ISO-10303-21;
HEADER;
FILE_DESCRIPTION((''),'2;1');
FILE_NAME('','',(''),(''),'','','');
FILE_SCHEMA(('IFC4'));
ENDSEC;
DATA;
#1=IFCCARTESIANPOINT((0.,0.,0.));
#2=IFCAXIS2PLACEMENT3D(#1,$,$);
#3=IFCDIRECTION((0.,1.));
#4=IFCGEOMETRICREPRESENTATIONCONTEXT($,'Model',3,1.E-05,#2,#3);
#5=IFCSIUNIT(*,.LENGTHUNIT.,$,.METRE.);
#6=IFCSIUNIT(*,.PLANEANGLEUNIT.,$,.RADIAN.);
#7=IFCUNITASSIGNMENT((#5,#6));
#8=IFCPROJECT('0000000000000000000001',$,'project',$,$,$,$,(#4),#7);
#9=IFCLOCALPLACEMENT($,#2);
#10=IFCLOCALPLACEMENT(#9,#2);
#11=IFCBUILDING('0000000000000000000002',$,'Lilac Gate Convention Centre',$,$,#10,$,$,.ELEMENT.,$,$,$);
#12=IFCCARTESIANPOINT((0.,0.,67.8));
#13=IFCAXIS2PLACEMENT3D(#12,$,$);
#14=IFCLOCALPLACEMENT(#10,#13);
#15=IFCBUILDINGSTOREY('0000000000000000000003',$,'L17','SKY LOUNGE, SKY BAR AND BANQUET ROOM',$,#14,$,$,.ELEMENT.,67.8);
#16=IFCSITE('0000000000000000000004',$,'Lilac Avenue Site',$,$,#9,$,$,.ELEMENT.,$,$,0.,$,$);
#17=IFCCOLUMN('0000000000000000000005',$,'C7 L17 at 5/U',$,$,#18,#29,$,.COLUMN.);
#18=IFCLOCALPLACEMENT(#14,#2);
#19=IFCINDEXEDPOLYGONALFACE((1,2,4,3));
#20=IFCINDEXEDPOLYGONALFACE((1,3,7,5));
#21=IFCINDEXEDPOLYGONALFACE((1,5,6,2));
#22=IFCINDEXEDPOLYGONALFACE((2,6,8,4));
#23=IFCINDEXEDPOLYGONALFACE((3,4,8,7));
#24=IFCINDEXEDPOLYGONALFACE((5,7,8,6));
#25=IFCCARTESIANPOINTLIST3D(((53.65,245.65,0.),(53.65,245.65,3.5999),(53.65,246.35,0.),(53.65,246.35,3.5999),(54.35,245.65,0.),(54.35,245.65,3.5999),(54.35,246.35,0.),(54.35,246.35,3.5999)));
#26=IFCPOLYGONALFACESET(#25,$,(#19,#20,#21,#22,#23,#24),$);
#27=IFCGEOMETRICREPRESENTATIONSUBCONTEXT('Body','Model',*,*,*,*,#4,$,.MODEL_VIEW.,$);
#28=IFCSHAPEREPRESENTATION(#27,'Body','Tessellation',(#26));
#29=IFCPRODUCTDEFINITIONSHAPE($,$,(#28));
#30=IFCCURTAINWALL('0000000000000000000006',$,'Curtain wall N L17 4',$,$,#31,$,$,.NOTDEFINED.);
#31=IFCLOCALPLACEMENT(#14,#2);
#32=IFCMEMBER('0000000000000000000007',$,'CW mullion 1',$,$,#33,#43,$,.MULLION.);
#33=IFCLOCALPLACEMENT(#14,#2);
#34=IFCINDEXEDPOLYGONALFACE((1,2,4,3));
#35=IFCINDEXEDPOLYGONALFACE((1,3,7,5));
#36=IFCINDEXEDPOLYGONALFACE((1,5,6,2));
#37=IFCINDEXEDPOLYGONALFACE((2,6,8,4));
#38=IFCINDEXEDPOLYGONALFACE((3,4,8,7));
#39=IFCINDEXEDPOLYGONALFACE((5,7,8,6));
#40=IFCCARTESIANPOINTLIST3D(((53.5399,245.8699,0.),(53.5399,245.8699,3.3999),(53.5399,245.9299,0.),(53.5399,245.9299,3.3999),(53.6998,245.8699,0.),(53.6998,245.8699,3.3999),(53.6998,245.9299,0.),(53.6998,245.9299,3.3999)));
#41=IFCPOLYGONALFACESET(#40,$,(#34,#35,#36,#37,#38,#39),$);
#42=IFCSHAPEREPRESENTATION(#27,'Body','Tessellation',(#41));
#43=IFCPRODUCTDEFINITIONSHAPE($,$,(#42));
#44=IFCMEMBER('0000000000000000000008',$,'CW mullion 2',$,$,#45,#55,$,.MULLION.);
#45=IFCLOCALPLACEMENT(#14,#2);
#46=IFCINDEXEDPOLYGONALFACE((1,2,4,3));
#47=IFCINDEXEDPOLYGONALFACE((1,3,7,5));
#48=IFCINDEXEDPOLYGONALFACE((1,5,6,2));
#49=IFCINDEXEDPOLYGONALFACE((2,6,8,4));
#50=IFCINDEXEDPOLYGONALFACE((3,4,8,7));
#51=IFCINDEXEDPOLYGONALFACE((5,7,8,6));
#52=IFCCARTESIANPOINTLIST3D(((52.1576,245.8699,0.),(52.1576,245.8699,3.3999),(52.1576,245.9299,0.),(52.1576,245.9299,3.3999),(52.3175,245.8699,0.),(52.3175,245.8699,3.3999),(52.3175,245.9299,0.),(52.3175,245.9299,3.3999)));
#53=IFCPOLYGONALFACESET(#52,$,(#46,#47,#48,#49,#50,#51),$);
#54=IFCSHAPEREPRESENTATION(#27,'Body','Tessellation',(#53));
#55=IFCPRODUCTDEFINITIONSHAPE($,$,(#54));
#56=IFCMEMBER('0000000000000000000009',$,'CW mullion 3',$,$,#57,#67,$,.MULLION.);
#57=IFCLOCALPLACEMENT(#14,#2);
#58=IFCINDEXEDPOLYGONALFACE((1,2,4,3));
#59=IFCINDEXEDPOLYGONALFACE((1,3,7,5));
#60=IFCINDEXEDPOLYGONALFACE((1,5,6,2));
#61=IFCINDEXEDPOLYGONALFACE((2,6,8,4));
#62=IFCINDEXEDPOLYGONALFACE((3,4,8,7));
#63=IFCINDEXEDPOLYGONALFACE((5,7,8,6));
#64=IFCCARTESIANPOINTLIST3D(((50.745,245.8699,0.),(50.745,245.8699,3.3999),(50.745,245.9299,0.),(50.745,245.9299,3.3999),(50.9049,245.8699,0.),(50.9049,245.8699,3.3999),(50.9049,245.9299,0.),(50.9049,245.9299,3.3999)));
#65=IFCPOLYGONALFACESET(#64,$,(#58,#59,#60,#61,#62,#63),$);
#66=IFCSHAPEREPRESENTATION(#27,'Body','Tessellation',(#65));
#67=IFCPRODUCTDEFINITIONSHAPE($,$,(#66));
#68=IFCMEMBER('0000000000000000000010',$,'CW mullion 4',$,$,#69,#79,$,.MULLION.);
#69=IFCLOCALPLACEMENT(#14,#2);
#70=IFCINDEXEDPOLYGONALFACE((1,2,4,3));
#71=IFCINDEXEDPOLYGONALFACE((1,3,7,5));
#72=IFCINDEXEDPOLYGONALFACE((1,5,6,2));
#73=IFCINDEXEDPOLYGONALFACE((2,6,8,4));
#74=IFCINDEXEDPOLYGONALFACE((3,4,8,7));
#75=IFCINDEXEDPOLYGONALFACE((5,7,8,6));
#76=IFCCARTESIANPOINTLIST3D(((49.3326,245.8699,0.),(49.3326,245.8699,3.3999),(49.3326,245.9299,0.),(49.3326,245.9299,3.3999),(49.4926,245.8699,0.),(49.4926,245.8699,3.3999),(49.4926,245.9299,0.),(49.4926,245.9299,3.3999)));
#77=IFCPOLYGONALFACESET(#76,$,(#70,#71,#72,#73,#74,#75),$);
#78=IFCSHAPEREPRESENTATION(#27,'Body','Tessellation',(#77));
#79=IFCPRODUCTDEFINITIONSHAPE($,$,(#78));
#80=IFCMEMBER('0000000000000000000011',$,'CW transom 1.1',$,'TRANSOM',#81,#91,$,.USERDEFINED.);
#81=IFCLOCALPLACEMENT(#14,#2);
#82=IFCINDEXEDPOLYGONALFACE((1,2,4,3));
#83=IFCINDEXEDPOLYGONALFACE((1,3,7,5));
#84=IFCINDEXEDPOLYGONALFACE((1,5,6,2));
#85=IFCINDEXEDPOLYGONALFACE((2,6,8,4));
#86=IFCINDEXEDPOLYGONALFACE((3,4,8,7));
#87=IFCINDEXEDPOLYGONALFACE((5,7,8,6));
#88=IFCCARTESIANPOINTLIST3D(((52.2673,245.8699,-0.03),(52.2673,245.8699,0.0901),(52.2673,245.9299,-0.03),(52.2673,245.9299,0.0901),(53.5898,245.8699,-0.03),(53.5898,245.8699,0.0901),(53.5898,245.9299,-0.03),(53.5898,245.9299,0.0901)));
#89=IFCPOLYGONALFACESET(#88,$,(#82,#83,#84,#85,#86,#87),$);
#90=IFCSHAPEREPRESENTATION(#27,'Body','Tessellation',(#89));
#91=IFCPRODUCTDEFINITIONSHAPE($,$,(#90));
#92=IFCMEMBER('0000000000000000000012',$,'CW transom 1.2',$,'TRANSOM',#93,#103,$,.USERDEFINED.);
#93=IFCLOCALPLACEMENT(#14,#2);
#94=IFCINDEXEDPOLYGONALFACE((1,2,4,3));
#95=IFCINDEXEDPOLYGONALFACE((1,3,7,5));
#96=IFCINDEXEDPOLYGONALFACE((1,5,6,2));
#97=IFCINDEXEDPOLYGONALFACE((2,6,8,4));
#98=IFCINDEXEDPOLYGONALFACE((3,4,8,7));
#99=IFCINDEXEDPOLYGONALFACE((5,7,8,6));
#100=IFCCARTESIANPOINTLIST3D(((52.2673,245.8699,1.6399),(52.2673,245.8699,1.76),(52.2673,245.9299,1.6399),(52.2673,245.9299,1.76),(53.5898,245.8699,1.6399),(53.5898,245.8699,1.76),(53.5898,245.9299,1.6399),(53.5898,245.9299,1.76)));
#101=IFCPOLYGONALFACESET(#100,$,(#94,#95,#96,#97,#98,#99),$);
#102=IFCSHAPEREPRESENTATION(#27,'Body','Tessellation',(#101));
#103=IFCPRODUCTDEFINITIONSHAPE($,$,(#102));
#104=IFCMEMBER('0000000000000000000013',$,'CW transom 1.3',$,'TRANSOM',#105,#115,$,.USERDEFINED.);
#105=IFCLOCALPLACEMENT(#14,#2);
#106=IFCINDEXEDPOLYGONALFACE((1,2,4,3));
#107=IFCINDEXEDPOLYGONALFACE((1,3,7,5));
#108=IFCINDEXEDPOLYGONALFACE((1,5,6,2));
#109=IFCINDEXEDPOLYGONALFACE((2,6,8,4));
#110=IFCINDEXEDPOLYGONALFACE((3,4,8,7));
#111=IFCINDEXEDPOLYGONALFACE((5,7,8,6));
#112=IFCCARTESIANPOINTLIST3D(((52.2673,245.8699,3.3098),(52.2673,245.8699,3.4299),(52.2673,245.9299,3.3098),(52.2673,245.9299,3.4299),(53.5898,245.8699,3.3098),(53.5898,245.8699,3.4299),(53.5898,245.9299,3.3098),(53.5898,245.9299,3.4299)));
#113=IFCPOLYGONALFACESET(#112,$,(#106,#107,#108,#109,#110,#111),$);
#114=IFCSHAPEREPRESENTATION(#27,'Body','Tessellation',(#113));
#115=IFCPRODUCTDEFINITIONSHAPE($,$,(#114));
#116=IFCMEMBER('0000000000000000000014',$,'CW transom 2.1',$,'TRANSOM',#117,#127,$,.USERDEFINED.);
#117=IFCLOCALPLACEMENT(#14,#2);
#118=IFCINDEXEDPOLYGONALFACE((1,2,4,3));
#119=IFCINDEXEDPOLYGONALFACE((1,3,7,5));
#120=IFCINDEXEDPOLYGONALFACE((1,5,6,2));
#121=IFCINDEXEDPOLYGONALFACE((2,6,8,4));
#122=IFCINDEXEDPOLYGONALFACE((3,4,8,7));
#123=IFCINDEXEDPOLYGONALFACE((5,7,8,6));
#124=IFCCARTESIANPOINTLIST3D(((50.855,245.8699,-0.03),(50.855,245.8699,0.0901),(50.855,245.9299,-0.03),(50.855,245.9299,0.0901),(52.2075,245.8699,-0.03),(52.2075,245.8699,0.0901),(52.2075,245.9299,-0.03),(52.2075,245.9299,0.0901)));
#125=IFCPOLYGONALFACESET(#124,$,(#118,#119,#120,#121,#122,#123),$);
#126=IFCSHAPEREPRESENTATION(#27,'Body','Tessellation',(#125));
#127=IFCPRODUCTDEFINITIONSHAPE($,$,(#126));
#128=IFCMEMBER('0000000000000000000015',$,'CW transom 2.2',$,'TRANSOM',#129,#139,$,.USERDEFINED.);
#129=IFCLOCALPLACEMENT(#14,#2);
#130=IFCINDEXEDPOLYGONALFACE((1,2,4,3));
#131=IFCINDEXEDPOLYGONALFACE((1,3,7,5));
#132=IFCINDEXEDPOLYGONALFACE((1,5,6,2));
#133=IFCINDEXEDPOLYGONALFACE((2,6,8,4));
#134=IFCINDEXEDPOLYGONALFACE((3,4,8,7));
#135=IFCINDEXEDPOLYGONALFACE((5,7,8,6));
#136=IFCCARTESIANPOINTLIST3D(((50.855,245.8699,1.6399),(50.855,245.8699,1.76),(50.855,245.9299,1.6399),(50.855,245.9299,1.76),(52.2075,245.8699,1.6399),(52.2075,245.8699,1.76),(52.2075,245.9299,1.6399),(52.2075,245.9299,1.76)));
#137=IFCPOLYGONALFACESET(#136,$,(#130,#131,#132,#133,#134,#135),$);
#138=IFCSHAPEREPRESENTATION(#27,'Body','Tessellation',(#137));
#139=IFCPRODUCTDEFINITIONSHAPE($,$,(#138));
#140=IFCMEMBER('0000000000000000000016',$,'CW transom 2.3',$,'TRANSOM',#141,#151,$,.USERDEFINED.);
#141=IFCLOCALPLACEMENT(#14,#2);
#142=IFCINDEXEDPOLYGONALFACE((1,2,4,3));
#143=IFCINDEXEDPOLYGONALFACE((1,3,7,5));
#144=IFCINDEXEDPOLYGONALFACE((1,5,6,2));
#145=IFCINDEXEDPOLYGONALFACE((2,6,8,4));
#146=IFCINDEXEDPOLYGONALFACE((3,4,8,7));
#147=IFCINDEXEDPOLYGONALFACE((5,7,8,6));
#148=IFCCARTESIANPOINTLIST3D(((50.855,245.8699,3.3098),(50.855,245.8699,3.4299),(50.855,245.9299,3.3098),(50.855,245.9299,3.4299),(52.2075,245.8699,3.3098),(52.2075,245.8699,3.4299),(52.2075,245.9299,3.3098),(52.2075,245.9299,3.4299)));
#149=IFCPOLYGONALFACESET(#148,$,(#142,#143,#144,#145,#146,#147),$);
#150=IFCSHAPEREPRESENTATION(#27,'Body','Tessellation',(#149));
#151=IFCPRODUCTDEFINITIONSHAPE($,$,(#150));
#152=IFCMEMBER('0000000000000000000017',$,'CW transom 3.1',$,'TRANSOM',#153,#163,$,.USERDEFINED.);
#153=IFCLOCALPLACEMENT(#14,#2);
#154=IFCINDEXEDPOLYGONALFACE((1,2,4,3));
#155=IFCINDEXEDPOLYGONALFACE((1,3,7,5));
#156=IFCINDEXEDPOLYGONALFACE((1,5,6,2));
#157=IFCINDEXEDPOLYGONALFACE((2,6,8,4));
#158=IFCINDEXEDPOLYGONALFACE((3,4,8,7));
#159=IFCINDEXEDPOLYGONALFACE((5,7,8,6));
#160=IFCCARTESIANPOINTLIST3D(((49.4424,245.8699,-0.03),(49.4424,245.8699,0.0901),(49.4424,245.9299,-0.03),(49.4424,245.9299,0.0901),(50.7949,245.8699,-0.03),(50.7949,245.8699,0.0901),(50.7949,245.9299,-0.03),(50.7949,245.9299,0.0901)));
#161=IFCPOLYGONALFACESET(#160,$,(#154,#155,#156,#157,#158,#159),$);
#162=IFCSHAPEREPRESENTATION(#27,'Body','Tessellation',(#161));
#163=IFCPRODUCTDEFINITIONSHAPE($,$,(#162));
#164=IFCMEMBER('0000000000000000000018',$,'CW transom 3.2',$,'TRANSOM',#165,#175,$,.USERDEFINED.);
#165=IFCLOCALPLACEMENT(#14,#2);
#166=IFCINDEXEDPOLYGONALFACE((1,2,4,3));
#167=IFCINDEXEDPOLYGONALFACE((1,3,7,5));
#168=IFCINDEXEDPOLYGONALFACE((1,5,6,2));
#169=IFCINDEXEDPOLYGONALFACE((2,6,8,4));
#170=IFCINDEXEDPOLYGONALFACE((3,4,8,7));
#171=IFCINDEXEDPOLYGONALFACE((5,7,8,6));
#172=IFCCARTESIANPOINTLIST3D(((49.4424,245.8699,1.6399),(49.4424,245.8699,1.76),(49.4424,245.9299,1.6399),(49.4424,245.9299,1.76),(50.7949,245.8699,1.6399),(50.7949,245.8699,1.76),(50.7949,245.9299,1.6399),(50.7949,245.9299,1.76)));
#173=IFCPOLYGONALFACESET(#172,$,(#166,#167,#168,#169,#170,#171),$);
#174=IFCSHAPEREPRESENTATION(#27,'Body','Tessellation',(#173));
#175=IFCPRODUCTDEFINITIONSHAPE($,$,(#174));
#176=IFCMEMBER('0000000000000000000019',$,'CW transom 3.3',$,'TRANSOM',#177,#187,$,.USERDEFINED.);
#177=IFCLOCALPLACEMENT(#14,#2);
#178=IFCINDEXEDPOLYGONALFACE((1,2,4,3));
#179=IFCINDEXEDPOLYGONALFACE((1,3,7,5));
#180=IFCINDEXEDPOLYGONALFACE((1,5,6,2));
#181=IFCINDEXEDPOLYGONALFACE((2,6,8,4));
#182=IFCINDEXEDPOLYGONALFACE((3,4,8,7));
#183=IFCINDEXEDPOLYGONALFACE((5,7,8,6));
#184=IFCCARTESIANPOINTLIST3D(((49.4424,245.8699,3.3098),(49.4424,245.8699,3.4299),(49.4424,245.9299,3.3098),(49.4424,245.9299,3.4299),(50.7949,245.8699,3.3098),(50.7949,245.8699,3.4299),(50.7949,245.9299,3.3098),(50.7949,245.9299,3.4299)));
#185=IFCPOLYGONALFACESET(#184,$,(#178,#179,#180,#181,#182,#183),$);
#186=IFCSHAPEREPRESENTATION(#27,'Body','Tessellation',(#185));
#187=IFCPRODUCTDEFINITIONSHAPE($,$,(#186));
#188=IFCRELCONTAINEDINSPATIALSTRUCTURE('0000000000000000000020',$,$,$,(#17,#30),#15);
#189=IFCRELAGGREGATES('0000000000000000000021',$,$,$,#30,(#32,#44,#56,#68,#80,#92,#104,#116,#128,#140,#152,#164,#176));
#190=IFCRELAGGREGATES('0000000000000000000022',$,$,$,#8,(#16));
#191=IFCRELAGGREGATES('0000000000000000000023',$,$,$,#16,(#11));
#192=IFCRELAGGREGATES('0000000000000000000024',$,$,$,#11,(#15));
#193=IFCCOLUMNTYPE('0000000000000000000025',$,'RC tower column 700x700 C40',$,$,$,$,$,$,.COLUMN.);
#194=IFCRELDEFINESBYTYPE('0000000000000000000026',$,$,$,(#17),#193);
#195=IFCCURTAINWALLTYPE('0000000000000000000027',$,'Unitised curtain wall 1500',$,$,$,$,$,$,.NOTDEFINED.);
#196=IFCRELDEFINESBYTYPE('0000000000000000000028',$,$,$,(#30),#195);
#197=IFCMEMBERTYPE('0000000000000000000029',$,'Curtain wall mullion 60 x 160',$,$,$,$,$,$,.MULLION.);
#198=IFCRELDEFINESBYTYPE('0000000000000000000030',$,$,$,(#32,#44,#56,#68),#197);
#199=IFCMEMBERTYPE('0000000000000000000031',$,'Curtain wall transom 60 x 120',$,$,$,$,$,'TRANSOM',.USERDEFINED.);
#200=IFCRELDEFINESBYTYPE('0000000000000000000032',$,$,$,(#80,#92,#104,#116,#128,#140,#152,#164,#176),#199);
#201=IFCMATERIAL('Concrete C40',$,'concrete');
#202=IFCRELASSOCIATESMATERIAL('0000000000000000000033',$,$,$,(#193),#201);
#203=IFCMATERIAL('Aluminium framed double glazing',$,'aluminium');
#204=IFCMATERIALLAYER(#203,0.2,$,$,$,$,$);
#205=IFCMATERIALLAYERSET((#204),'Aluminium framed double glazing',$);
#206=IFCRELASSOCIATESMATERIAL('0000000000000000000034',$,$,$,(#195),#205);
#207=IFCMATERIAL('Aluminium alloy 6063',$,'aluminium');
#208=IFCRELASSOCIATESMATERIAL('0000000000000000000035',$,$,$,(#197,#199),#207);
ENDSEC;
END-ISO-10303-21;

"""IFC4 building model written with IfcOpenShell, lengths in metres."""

from ifc_helpers import new_model, si_unit, direction, frame, origin, origin_2d, place, context, subcontext, project, spatial, rectangle, extrude, material, layer, layer_set, material_profile, profile_set, type_object, element, aggregate, save


model = new_model("IFC4")

# Units and contexts
model_context = context("Model", 3, precision=1e-05, world=origin(), true_north=direction((0.0, 1.0)))
body_context = subcontext(model_context, "Body", "Model", "MODEL_VIEW")
ifc_project = project(units=[si_unit("LENGTHUNIT", "METRE"), si_unit("PLANEANGLEUNIT", "RADIAN")], contexts=[model_context])

# Site, building, storey
site_placement = place(None, origin())
site = spatial("IfcSite", under=ifc_project, at=site_placement, Name="Lilac Avenue Site", CompositionType="ELEMENT", RefElevation=0.0)
building_placement = place(site_placement, origin())
building = spatial("IfcBuilding", under=site, at=building_placement, Name="Lilac Gate Convention Centre", CompositionType="ELEMENT")
storey_placement = place(building_placement, frame((0.0, 0.0, 67.8)))
storey = spatial("IfcBuildingStorey", under=building, at=storey_placement, Name="L17", Description="SKY LOUNGE, SKY BAR AND BANQUET ROOM", CompositionType="ELEMENT", Elevation=67.8)

# Column
ifc_material_1 = material(Name="Concrete C40", Category="concrete")
ifc_material_profile_1 = material_profile(ifc_material_1, rectangle(XDim=0.7, YDim=0.7, at=origin_2d()), Name="RC 700x700")
ifc_profile_set_1 = profile_set([ifc_material_profile_1], Name="Concrete C40")
column_type = type_object("IfcColumnType", Name="RC tower column 700x700 C40", PredefinedType="COLUMN", material=ifc_profile_set_1)
column_placement = place(storey_placement, frame((54.0, 246.0, 0.0), z_axis=(0.0, 0.0, 1.0), x_axis=(1.0, 0.0, 0.0)))
element("IfcColumn", 1, at=column_placement, inside=storey, type_object=column_type, Name="C7 L17 at 5/U", PredefinedType="COLUMN", context=body_context, shape_type="SweptSolid", body=[
    extrude(rectangle(XDim=0.7, YDim=0.7, at=origin_2d()), origin(), (0.0, 0.0, 1.0), 3.5999),
])

# Curtain wall, members
ifc_material_2 = material(Name="Aluminium framed double glazing", Category="aluminium")
ifc_layer_1 = layer(ifc_material_2, 0.2)
ifc_layer_set_1 = layer_set([ifc_layer_1], Name="Aluminium framed double glazing")
curtain_wall_type = type_object("IfcCurtainWallType", Name="Unitised curtain wall 1500", PredefinedType="NOTDEFINED", material=ifc_layer_set_1)
curtain_wall_placement = place(storey_placement, origin())
curtain_wall = element("IfcCurtainWall", 2, at=curtain_wall_placement, inside=storey, type_object=curtain_wall_type, Name="Curtain wall N L17 4", PredefinedType="NOTDEFINED")
ifc_material_3 = material(Name="Aluminium alloy 6063", Category="aluminium")
ifc_material_profile_2 = material_profile(ifc_material_3, rectangle(XDim=0.0601, YDim=0.1599, at=origin_2d()), Name="Curtain wall mullion 60 x 160")
ifc_profile_set_2 = profile_set([ifc_material_profile_2], Name="Aluminium alloy 6063")
member_type_1 = type_object("IfcMemberType", Name="Curtain wall mullion 60 x 160", PredefinedType="MULLION", material=ifc_profile_set_2)
member_1_placement = place(storey_placement, frame((53.6199, 245.8999, 0.0), z_axis=(0.0, 0.0, 1.0), x_axis=(0.0, -1.0, 0.0)))
member_1 = element("IfcMember", 3, at=member_1_placement, type_object=member_type_1, Name="CW mullion 1", PredefinedType="MULLION", context=body_context, shape_type="SweptSolid", body=[
    extrude(rectangle(XDim=0.0601, YDim=0.1599, at=origin_2d()), origin(), (0.0, 0.0, 1.0), 3.3999),
])
member_2_placement = place(storey_placement, frame((52.2375, 245.8999, 0.0), z_axis=(0.0, 0.0, 1.0), x_axis=(0.0, -1.0, 0.0)))
member_2 = element("IfcMember", 4, at=member_2_placement, type_object=member_type_1, Name="CW mullion 2", PredefinedType="MULLION", context=body_context, shape_type="SweptSolid", body=[
    extrude(rectangle(XDim=0.0601, YDim=0.1599, at=origin_2d()), origin(), (0.0, 0.0, 1.0), 3.3999),
])
member_3_placement = place(storey_placement, frame((50.825, 245.8999, 0.0), z_axis=(0.0, 0.0, 1.0), x_axis=(0.0, -1.0, 0.0)))
member_3 = element("IfcMember", 5, at=member_3_placement, type_object=member_type_1, Name="CW mullion 3", PredefinedType="MULLION", context=body_context, shape_type="SweptSolid", body=[
    extrude(rectangle(XDim=0.0601, YDim=0.1599, at=origin_2d()), origin(), (0.0, 0.0, 1.0), 3.3999),
])
member_4_placement = place(storey_placement, frame((49.4126, 245.8999, 0.0), z_axis=(0.0, 0.0, 1.0), x_axis=(0.0, -1.0, 0.0)))
member_4 = element("IfcMember", 6, at=member_4_placement, type_object=member_type_1, Name="CW mullion 4", PredefinedType="MULLION", context=body_context, shape_type="SweptSolid", body=[
    extrude(rectangle(XDim=0.0601, YDim=0.1599, at=origin_2d()), origin(), (0.0, 0.0, 1.0), 3.3999),
])
ifc_material_profile_3 = material_profile(ifc_material_3, rectangle(XDim=0.0601, YDim=0.1201, at=origin_2d()), Name="Curtain wall transom 60 x 120")
ifc_profile_set_3 = profile_set([ifc_material_profile_3], Name="Aluminium alloy 6063")
member_type_2 = type_object("IfcMemberType", Name="Curtain wall transom 60 x 120", ElementType="TRANSOM", PredefinedType="USERDEFINED", material=ifc_profile_set_3)
member_5_placement = place(storey_placement, frame((53.5898, 245.8999, 0.03), z_axis=(-1.0, 0.0, 0.0), x_axis=(0.0, -1.0, 0.0)))
member_5 = element("IfcMember", 7, at=member_5_placement, type_object=member_type_2, Name="CW transom 1.1", ObjectType="TRANSOM", PredefinedType="USERDEFINED", context=body_context, shape_type="SweptSolid", body=[
    extrude(rectangle(XDim=0.0601, YDim=0.1201, at=origin_2d()), origin(), (0.0, 0.0, 1.0), 1.3225),
])
member_6_placement = place(storey_placement, frame((53.5898, 245.8999, 1.7), z_axis=(-1.0, 0.0, 0.0), x_axis=(0.0, -1.0, 0.0)))
member_6 = element("IfcMember", 8, at=member_6_placement, type_object=member_type_2, Name="CW transom 1.2", ObjectType="TRANSOM", PredefinedType="USERDEFINED", context=body_context, shape_type="SweptSolid", body=[
    extrude(rectangle(XDim=0.0601, YDim=0.1201, at=origin_2d()), origin(), (0.0, 0.0, 1.0), 1.3225),
])
member_7_placement = place(storey_placement, frame((53.5898, 245.8999, 3.3699), z_axis=(-1.0, 0.0, 0.0), x_axis=(0.0, -1.0, 0.0)))
member_7 = element("IfcMember", 9, at=member_7_placement, type_object=member_type_2, Name="CW transom 1.3", ObjectType="TRANSOM", PredefinedType="USERDEFINED", context=body_context, shape_type="SweptSolid", body=[
    extrude(rectangle(XDim=0.0601, YDim=0.1201, at=origin_2d()), origin(), (0.0, 0.0, 1.0), 1.3225),
])
member_8_placement = place(storey_placement, frame((52.2075, 245.8999, 0.03), z_axis=(-1.0, 0.0, 0.0), x_axis=(0.0, -1.0, 0.0)))
member_8 = element("IfcMember", 10, at=member_8_placement, type_object=member_type_2, Name="CW transom 2.1", ObjectType="TRANSOM", PredefinedType="USERDEFINED", context=body_context, shape_type="SweptSolid", body=[
    extrude(rectangle(XDim=0.0601, YDim=0.1201, at=origin_2d()), origin(), (0.0, 0.0, 1.0), 1.3525),
])
member_9_placement = place(storey_placement, frame((52.2075, 245.8999, 1.7), z_axis=(-1.0, 0.0, 0.0), x_axis=(0.0, -1.0, 0.0)))
member_9 = element("IfcMember", 11, at=member_9_placement, type_object=member_type_2, Name="CW transom 2.2", ObjectType="TRANSOM", PredefinedType="USERDEFINED", context=body_context, shape_type="SweptSolid", body=[
    extrude(rectangle(XDim=0.0601, YDim=0.1201, at=origin_2d()), origin(), (0.0, 0.0, 1.0), 1.3525),
])
member_10_placement = place(storey_placement, frame((52.2075, 245.8999, 3.3699), z_axis=(-1.0, 0.0, 0.0), x_axis=(0.0, -1.0, 0.0)))
member_10 = element("IfcMember", 12, at=member_10_placement, type_object=member_type_2, Name="CW transom 2.3", ObjectType="TRANSOM", PredefinedType="USERDEFINED", context=body_context, shape_type="SweptSolid", body=[
    extrude(rectangle(XDim=0.0601, YDim=0.1201, at=origin_2d()), origin(), (0.0, 0.0, 1.0), 1.3525),
])
member_11_placement = place(storey_placement, frame((50.7949, 245.8999, 0.03), z_axis=(-1.0, 0.0, 0.0), x_axis=(0.0, -1.0, 0.0)))
member_11 = element("IfcMember", 13, at=member_11_placement, type_object=member_type_2, Name="CW transom 3.1", ObjectType="TRANSOM", PredefinedType="USERDEFINED", context=body_context, shape_type="SweptSolid", body=[
    extrude(rectangle(XDim=0.0601, YDim=0.1201, at=origin_2d()), origin(), (0.0, 0.0, 1.0), 1.3525),
])
member_12_placement = place(storey_placement, frame((50.7949, 245.8999, 1.7), z_axis=(-1.0, 0.0, 0.0), x_axis=(0.0, -1.0, 0.0)))
member_12 = element("IfcMember", 14, at=member_12_placement, type_object=member_type_2, Name="CW transom 3.2", ObjectType="TRANSOM", PredefinedType="USERDEFINED", context=body_context, shape_type="SweptSolid", body=[
    extrude(rectangle(XDim=0.0601, YDim=0.1201, at=origin_2d()), origin(), (0.0, 0.0, 1.0), 1.3525),
])
member_13_placement = place(storey_placement, frame((50.7949, 245.8999, 3.3699), z_axis=(-1.0, 0.0, 0.0), x_axis=(0.0, -1.0, 0.0)))
member_13 = element("IfcMember", 15, at=member_13_placement, type_object=member_type_2, Name="CW transom 3.3", ObjectType="TRANSOM", PredefinedType="USERDEFINED", context=body_context, shape_type="SweptSolid", body=[
    extrude(rectangle(XDim=0.0601, YDim=0.1201, at=origin_2d()), origin(), (0.0, 0.0, 1.0), 1.3525),
])

aggregate(curtain_wall, [member_1, member_2, member_3, member_4, member_5, member_6, member_7, member_8, member_9, member_10, member_11, member_12, member_13])

save(model, "model.ifc")
